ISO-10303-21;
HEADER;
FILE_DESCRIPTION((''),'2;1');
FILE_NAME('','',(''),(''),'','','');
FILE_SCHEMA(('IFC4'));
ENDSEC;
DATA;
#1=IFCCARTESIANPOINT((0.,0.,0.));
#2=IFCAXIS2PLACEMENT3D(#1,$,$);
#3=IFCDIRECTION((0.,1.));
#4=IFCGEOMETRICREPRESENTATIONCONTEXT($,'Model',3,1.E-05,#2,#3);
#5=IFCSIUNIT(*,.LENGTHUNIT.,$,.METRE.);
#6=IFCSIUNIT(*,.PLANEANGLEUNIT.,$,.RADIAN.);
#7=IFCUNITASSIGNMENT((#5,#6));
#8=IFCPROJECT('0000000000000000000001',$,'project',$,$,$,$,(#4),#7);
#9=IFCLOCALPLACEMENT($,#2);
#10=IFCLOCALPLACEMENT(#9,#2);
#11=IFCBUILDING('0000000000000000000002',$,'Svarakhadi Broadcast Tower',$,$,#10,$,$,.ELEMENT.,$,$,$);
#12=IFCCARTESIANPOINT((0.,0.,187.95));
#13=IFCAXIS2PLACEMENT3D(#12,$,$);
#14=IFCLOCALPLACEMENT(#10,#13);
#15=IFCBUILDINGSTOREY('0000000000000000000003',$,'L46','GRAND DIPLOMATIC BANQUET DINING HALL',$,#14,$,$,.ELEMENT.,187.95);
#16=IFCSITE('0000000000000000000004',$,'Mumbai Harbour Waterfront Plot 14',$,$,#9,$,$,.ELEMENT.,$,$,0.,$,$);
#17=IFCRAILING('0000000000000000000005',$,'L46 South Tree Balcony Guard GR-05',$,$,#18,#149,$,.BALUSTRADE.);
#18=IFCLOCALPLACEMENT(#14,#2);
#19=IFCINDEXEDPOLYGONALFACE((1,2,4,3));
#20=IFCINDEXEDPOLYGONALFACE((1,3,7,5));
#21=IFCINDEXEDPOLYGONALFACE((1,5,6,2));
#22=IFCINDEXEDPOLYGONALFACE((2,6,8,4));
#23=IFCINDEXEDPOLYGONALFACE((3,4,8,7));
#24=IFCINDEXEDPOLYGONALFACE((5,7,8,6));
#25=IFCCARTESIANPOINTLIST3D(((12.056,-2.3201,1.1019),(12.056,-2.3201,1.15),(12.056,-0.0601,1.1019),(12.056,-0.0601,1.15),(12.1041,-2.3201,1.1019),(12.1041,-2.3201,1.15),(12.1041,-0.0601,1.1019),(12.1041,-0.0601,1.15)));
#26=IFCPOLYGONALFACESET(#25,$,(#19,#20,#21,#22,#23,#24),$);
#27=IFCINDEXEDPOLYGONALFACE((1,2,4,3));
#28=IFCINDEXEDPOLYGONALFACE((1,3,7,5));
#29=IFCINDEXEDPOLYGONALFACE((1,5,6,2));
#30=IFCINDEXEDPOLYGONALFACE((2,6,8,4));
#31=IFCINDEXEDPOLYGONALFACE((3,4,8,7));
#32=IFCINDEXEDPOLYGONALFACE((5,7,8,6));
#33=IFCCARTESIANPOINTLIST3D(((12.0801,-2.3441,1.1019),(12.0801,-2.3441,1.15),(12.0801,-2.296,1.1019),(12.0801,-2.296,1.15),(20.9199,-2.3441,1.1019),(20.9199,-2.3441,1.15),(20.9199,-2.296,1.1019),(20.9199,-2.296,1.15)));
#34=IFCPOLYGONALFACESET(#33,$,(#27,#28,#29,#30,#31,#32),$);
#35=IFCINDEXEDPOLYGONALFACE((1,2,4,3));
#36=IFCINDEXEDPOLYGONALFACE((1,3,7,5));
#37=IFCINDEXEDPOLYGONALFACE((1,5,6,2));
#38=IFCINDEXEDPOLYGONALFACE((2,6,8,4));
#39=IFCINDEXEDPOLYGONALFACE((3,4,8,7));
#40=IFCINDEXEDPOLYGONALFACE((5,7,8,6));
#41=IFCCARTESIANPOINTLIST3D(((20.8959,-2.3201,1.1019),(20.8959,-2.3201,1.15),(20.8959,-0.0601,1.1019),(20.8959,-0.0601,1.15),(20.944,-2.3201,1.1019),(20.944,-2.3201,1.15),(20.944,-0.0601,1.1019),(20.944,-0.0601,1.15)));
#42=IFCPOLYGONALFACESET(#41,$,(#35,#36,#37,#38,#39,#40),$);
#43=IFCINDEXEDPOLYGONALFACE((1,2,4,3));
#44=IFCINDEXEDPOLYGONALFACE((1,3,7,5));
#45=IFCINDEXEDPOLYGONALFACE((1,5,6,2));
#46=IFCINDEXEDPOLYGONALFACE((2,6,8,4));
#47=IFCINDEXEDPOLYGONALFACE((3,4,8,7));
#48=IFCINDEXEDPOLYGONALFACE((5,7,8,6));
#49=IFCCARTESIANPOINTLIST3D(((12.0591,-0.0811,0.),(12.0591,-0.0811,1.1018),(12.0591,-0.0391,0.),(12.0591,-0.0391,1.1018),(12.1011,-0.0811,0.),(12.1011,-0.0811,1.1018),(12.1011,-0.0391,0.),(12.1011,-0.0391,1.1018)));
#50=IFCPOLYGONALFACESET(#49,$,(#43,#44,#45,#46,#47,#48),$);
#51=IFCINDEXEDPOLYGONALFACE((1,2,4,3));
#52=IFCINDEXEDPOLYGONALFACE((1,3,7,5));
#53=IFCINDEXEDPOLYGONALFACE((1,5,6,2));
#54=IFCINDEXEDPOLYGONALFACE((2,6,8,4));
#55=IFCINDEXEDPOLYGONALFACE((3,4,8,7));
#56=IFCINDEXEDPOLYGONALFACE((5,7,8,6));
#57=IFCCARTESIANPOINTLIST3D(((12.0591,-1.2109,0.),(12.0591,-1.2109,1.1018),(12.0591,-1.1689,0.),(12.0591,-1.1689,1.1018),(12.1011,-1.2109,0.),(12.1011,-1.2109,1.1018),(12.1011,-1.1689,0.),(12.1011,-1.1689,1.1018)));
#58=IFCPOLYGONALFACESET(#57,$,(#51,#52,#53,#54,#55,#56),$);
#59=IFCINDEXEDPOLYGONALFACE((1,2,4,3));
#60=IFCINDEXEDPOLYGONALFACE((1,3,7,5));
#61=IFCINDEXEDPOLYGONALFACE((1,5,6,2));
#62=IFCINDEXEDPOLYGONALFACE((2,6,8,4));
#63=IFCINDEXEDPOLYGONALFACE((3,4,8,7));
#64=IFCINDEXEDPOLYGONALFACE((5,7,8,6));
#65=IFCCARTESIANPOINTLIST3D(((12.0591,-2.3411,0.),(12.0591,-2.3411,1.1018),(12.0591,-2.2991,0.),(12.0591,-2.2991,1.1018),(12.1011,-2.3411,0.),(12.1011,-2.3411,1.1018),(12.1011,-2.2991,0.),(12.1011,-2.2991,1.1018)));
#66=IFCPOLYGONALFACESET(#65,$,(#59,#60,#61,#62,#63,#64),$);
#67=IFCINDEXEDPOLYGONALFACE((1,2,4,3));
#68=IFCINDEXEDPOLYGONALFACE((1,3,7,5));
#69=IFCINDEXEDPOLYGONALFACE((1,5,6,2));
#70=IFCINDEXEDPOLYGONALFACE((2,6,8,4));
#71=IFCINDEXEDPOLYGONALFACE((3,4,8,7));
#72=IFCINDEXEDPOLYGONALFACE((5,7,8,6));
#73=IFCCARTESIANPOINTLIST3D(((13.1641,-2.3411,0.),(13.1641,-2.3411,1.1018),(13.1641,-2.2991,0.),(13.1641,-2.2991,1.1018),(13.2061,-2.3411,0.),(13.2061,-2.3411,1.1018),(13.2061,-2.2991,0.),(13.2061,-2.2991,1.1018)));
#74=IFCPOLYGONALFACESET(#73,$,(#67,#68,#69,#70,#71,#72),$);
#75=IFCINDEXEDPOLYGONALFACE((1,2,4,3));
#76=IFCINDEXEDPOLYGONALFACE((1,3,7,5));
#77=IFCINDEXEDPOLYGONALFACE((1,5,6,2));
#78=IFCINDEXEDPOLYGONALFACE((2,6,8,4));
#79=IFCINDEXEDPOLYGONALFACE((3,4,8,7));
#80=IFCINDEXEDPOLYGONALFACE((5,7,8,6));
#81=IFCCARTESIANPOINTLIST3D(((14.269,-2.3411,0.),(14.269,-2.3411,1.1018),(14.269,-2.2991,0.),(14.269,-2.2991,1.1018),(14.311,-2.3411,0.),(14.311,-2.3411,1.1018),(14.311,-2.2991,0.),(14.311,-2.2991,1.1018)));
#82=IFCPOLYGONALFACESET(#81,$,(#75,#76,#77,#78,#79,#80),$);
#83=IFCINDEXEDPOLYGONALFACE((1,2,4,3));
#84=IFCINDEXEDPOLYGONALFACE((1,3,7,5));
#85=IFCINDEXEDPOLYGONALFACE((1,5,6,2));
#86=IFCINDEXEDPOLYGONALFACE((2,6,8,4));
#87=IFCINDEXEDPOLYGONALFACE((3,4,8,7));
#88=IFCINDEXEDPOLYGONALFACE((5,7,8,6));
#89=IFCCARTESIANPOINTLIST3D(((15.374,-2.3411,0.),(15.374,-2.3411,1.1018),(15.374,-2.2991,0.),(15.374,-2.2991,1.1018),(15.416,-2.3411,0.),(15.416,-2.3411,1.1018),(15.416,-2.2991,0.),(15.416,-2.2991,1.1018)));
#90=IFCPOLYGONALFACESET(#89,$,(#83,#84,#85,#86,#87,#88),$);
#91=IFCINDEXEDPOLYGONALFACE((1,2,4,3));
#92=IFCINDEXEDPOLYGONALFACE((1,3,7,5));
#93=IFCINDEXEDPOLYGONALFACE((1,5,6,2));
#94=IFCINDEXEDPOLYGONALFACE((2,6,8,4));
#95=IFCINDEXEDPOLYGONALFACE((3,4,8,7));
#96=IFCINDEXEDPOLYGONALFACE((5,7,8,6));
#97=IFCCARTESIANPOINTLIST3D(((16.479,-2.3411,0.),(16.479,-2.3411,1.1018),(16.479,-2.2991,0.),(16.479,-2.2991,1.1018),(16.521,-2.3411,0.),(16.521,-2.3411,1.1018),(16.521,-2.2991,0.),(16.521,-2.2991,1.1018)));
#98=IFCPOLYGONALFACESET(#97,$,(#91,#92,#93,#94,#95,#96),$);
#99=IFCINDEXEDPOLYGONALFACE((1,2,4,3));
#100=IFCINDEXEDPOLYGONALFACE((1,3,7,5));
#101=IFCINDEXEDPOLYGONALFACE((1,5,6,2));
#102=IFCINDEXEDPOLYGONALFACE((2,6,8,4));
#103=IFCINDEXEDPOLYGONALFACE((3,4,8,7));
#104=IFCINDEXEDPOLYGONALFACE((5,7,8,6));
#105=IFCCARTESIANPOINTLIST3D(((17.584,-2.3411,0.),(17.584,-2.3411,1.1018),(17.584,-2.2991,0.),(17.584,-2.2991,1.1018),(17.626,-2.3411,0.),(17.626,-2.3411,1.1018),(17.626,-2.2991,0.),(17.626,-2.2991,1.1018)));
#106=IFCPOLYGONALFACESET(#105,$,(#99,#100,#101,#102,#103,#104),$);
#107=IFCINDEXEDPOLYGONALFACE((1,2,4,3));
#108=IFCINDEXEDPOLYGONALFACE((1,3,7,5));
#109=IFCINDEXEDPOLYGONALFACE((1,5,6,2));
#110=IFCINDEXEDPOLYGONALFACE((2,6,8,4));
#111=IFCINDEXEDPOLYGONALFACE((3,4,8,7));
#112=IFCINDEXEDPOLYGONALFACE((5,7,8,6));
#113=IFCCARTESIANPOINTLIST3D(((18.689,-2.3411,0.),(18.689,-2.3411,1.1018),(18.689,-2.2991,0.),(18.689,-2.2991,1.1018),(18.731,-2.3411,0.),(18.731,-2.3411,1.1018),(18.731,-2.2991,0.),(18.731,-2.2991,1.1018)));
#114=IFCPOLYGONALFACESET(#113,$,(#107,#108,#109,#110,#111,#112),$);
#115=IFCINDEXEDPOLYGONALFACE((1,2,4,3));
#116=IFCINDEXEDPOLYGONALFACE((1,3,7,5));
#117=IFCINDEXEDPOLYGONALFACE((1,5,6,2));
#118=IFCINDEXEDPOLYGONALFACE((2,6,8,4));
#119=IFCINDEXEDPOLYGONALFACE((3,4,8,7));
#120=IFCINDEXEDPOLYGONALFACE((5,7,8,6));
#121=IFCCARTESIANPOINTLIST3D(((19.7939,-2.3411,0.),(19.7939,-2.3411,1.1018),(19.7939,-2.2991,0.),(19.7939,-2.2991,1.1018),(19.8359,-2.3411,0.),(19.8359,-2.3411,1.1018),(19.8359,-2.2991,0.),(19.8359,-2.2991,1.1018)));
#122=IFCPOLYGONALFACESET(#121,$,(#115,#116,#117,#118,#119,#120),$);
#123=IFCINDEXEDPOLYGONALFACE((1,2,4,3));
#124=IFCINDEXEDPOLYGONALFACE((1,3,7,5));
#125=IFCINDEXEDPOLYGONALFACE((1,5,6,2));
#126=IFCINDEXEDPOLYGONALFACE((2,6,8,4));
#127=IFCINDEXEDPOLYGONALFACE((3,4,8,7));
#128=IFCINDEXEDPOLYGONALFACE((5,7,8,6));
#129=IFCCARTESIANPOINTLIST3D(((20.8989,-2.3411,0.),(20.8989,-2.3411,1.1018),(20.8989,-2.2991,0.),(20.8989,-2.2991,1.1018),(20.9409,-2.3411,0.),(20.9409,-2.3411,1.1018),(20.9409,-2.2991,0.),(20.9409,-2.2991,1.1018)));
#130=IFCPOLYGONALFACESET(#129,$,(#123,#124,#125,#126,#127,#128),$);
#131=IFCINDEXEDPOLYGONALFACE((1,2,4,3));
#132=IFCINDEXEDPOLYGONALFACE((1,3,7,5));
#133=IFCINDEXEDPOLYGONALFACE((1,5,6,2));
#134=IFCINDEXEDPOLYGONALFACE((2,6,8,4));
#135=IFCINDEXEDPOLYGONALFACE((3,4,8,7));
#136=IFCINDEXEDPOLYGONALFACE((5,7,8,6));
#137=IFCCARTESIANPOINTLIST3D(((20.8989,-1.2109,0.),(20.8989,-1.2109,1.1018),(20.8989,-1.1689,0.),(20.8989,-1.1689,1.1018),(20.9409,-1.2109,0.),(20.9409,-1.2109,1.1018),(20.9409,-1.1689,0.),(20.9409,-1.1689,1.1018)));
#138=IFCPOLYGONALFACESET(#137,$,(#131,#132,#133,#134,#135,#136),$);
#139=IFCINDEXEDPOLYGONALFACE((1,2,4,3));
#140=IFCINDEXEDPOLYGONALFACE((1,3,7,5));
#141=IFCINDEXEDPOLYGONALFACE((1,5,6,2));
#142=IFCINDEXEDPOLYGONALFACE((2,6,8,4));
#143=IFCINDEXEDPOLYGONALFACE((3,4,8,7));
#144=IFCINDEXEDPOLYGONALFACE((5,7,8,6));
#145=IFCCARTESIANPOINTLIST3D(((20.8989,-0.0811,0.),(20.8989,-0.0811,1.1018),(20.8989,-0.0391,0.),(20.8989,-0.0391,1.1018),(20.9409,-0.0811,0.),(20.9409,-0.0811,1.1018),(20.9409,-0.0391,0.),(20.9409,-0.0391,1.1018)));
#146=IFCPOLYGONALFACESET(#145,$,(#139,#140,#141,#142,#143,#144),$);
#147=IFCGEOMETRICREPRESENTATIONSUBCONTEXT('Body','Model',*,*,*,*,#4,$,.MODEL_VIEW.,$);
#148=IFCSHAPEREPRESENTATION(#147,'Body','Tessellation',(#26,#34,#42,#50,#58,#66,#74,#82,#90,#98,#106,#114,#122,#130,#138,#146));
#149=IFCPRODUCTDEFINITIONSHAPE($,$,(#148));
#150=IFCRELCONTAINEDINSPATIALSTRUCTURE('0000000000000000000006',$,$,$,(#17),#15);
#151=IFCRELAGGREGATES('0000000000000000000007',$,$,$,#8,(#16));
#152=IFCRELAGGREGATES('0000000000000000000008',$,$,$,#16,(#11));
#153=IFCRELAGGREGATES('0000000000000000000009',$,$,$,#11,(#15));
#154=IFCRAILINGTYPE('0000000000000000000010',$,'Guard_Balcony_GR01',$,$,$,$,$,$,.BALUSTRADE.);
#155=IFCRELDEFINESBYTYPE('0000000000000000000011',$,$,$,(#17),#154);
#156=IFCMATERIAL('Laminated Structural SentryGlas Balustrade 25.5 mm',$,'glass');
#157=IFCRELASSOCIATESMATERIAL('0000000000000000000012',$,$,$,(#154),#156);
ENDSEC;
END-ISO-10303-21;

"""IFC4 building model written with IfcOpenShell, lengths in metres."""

from ifc_helpers import new_model, si_unit, direction, frame, origin, origin_2d, place, context, subcontext, project, spatial, rectangle, extrude, material, type_object, element, save


model = new_model("IFC4")

# Units and contexts
model_context = context("Model", 3, precision=1e-05, world=origin(), true_north=direction((0.0, 1.0)))
body_context = subcontext(model_context, "Body", "Model", "MODEL_VIEW")
ifc_project = project(units=[si_unit("LENGTHUNIT", "METRE"), si_unit("PLANEANGLEUNIT", "RADIAN")], contexts=[model_context])

# Site, building, storey
site_placement = place(None, origin())
site = spatial("IfcSite", under=ifc_project, at=site_placement, Name="Mumbai Harbour Waterfront Plot 14", CompositionType="ELEMENT", RefElevation=0.0)
building_placement = place(site_placement, origin())
building = spatial("IfcBuilding", under=site, at=building_placement, Name="Svarakhadi Broadcast Tower", CompositionType="ELEMENT")
storey_placement = place(building_placement, frame((0.0, 0.0, 187.95)))
storey = spatial("IfcBuildingStorey", under=building, at=storey_placement, Name="L46", Description="GRAND DIPLOMATIC BANQUET DINING HALL", CompositionType="ELEMENT", Elevation=187.95)

# Railing
ifc_material_1 = material(Name="Laminated Structural SentryGlas Balustrade 25.5 mm", Category="glass")
railing_type = type_object("IfcRailingType", Name="Guard_Balcony_GR01", PredefinedType="BALUSTRADE", material=ifc_material_1)
railing_placement = place(storey_placement, frame((12.0801, -0.0601, 0.0)))
element("IfcRailing", 1, at=railing_placement, inside=storey, type_object=railing_type, Name="L46 South Tree Balcony Guard GR-05", PredefinedType="BALUSTRADE", context=body_context, shape_type="SweptSolid", body=[
    extrude(rectangle(XDim=0.0481, YDim=0.0481, at=origin_2d()), frame((0.0, 0.0, 1.126), z_axis=(0.0, -1.0, 0.0), x_axis=(1.0, 0.0, 0.0)), (0.0, 0.0, 1.0), 2.26),
    extrude(rectangle(XDim=0.0481, YDim=0.0481, at=origin_2d()), frame((0.0, -2.26, 1.126), z_axis=(1.0, 0.0, 0.0), x_axis=(0.0, 1.0, 0.0)), (0.0, 0.0, 1.0), 8.8398),
    extrude(rectangle(XDim=0.0481, YDim=0.0481, at=origin_2d()), frame((8.8398, -2.26, 1.126), z_axis=(0.0, 1.0, 0.0), x_axis=(-1.0, 0.0, 0.0)), (0.0, 0.0, 1.0), 2.26),
    extrude(rectangle(XDim=0.042, YDim=0.042, at=origin_2d()), origin(), (0.0, 0.0, 1.0), 1.1018),
    extrude(rectangle(XDim=0.042, YDim=0.042, at=origin_2d()), frame((0.0, -1.1299, 0.0)), (0.0, 0.0, 1.0), 1.1018),
    extrude(rectangle(XDim=0.042, YDim=0.042, at=origin_2d()), frame((0.0, -2.26, 0.0)), (0.0, 0.0, 1.0), 1.1018),
    extrude(rectangle(XDim=0.042, YDim=0.042, at=origin_2d()), frame((1.105, -2.26, 0.0)), (0.0, 0.0, 1.0), 1.1018),
    extrude(rectangle(XDim=0.042, YDim=0.042, at=origin_2d()), frame((2.21, -2.26, 0.0)), (0.0, 0.0, 1.0), 1.1018),
    extrude(rectangle(XDim=0.042, YDim=0.042, at=origin_2d()), frame((3.3149, -2.26, 0.0)), (0.0, 0.0, 1.0), 1.1018),
    extrude(rectangle(XDim=0.042, YDim=0.042, at=origin_2d()), frame((4.4199, -2.26, 0.0)), (0.0, 0.0, 1.0), 1.1018),
    extrude(rectangle(XDim=0.042, YDim=0.042, at=origin_2d()), frame((5.5249, -2.26, 0.0)), (0.0, 0.0, 1.0), 1.1018),
    extrude(rectangle(XDim=0.042, YDim=0.042, at=origin_2d()), frame((6.6299, -2.26, 0.0)), (0.0, 0.0, 1.0), 1.1018),
    extrude(rectangle(XDim=0.042, YDim=0.042, at=origin_2d()), frame((7.7349, -2.26, 0.0)), (0.0, 0.0, 1.0), 1.1018),
    extrude(rectangle(XDim=0.042, YDim=0.042, at=origin_2d()), frame((8.8398, -2.26, 0.0)), (0.0, 0.0, 1.0), 1.1018),
    extrude(rectangle(XDim=0.042, YDim=0.042, at=origin_2d()), frame((8.8398, -1.1299, 0.0)), (0.0, 0.0, 1.0), 1.1018),
    extrude(rectangle(XDim=0.042, YDim=0.042, at=origin_2d()), frame((8.8398, 0.0, 0.0)), (0.0, 0.0, 1.0), 1.1018),
])

save(model, "model.ifc")
